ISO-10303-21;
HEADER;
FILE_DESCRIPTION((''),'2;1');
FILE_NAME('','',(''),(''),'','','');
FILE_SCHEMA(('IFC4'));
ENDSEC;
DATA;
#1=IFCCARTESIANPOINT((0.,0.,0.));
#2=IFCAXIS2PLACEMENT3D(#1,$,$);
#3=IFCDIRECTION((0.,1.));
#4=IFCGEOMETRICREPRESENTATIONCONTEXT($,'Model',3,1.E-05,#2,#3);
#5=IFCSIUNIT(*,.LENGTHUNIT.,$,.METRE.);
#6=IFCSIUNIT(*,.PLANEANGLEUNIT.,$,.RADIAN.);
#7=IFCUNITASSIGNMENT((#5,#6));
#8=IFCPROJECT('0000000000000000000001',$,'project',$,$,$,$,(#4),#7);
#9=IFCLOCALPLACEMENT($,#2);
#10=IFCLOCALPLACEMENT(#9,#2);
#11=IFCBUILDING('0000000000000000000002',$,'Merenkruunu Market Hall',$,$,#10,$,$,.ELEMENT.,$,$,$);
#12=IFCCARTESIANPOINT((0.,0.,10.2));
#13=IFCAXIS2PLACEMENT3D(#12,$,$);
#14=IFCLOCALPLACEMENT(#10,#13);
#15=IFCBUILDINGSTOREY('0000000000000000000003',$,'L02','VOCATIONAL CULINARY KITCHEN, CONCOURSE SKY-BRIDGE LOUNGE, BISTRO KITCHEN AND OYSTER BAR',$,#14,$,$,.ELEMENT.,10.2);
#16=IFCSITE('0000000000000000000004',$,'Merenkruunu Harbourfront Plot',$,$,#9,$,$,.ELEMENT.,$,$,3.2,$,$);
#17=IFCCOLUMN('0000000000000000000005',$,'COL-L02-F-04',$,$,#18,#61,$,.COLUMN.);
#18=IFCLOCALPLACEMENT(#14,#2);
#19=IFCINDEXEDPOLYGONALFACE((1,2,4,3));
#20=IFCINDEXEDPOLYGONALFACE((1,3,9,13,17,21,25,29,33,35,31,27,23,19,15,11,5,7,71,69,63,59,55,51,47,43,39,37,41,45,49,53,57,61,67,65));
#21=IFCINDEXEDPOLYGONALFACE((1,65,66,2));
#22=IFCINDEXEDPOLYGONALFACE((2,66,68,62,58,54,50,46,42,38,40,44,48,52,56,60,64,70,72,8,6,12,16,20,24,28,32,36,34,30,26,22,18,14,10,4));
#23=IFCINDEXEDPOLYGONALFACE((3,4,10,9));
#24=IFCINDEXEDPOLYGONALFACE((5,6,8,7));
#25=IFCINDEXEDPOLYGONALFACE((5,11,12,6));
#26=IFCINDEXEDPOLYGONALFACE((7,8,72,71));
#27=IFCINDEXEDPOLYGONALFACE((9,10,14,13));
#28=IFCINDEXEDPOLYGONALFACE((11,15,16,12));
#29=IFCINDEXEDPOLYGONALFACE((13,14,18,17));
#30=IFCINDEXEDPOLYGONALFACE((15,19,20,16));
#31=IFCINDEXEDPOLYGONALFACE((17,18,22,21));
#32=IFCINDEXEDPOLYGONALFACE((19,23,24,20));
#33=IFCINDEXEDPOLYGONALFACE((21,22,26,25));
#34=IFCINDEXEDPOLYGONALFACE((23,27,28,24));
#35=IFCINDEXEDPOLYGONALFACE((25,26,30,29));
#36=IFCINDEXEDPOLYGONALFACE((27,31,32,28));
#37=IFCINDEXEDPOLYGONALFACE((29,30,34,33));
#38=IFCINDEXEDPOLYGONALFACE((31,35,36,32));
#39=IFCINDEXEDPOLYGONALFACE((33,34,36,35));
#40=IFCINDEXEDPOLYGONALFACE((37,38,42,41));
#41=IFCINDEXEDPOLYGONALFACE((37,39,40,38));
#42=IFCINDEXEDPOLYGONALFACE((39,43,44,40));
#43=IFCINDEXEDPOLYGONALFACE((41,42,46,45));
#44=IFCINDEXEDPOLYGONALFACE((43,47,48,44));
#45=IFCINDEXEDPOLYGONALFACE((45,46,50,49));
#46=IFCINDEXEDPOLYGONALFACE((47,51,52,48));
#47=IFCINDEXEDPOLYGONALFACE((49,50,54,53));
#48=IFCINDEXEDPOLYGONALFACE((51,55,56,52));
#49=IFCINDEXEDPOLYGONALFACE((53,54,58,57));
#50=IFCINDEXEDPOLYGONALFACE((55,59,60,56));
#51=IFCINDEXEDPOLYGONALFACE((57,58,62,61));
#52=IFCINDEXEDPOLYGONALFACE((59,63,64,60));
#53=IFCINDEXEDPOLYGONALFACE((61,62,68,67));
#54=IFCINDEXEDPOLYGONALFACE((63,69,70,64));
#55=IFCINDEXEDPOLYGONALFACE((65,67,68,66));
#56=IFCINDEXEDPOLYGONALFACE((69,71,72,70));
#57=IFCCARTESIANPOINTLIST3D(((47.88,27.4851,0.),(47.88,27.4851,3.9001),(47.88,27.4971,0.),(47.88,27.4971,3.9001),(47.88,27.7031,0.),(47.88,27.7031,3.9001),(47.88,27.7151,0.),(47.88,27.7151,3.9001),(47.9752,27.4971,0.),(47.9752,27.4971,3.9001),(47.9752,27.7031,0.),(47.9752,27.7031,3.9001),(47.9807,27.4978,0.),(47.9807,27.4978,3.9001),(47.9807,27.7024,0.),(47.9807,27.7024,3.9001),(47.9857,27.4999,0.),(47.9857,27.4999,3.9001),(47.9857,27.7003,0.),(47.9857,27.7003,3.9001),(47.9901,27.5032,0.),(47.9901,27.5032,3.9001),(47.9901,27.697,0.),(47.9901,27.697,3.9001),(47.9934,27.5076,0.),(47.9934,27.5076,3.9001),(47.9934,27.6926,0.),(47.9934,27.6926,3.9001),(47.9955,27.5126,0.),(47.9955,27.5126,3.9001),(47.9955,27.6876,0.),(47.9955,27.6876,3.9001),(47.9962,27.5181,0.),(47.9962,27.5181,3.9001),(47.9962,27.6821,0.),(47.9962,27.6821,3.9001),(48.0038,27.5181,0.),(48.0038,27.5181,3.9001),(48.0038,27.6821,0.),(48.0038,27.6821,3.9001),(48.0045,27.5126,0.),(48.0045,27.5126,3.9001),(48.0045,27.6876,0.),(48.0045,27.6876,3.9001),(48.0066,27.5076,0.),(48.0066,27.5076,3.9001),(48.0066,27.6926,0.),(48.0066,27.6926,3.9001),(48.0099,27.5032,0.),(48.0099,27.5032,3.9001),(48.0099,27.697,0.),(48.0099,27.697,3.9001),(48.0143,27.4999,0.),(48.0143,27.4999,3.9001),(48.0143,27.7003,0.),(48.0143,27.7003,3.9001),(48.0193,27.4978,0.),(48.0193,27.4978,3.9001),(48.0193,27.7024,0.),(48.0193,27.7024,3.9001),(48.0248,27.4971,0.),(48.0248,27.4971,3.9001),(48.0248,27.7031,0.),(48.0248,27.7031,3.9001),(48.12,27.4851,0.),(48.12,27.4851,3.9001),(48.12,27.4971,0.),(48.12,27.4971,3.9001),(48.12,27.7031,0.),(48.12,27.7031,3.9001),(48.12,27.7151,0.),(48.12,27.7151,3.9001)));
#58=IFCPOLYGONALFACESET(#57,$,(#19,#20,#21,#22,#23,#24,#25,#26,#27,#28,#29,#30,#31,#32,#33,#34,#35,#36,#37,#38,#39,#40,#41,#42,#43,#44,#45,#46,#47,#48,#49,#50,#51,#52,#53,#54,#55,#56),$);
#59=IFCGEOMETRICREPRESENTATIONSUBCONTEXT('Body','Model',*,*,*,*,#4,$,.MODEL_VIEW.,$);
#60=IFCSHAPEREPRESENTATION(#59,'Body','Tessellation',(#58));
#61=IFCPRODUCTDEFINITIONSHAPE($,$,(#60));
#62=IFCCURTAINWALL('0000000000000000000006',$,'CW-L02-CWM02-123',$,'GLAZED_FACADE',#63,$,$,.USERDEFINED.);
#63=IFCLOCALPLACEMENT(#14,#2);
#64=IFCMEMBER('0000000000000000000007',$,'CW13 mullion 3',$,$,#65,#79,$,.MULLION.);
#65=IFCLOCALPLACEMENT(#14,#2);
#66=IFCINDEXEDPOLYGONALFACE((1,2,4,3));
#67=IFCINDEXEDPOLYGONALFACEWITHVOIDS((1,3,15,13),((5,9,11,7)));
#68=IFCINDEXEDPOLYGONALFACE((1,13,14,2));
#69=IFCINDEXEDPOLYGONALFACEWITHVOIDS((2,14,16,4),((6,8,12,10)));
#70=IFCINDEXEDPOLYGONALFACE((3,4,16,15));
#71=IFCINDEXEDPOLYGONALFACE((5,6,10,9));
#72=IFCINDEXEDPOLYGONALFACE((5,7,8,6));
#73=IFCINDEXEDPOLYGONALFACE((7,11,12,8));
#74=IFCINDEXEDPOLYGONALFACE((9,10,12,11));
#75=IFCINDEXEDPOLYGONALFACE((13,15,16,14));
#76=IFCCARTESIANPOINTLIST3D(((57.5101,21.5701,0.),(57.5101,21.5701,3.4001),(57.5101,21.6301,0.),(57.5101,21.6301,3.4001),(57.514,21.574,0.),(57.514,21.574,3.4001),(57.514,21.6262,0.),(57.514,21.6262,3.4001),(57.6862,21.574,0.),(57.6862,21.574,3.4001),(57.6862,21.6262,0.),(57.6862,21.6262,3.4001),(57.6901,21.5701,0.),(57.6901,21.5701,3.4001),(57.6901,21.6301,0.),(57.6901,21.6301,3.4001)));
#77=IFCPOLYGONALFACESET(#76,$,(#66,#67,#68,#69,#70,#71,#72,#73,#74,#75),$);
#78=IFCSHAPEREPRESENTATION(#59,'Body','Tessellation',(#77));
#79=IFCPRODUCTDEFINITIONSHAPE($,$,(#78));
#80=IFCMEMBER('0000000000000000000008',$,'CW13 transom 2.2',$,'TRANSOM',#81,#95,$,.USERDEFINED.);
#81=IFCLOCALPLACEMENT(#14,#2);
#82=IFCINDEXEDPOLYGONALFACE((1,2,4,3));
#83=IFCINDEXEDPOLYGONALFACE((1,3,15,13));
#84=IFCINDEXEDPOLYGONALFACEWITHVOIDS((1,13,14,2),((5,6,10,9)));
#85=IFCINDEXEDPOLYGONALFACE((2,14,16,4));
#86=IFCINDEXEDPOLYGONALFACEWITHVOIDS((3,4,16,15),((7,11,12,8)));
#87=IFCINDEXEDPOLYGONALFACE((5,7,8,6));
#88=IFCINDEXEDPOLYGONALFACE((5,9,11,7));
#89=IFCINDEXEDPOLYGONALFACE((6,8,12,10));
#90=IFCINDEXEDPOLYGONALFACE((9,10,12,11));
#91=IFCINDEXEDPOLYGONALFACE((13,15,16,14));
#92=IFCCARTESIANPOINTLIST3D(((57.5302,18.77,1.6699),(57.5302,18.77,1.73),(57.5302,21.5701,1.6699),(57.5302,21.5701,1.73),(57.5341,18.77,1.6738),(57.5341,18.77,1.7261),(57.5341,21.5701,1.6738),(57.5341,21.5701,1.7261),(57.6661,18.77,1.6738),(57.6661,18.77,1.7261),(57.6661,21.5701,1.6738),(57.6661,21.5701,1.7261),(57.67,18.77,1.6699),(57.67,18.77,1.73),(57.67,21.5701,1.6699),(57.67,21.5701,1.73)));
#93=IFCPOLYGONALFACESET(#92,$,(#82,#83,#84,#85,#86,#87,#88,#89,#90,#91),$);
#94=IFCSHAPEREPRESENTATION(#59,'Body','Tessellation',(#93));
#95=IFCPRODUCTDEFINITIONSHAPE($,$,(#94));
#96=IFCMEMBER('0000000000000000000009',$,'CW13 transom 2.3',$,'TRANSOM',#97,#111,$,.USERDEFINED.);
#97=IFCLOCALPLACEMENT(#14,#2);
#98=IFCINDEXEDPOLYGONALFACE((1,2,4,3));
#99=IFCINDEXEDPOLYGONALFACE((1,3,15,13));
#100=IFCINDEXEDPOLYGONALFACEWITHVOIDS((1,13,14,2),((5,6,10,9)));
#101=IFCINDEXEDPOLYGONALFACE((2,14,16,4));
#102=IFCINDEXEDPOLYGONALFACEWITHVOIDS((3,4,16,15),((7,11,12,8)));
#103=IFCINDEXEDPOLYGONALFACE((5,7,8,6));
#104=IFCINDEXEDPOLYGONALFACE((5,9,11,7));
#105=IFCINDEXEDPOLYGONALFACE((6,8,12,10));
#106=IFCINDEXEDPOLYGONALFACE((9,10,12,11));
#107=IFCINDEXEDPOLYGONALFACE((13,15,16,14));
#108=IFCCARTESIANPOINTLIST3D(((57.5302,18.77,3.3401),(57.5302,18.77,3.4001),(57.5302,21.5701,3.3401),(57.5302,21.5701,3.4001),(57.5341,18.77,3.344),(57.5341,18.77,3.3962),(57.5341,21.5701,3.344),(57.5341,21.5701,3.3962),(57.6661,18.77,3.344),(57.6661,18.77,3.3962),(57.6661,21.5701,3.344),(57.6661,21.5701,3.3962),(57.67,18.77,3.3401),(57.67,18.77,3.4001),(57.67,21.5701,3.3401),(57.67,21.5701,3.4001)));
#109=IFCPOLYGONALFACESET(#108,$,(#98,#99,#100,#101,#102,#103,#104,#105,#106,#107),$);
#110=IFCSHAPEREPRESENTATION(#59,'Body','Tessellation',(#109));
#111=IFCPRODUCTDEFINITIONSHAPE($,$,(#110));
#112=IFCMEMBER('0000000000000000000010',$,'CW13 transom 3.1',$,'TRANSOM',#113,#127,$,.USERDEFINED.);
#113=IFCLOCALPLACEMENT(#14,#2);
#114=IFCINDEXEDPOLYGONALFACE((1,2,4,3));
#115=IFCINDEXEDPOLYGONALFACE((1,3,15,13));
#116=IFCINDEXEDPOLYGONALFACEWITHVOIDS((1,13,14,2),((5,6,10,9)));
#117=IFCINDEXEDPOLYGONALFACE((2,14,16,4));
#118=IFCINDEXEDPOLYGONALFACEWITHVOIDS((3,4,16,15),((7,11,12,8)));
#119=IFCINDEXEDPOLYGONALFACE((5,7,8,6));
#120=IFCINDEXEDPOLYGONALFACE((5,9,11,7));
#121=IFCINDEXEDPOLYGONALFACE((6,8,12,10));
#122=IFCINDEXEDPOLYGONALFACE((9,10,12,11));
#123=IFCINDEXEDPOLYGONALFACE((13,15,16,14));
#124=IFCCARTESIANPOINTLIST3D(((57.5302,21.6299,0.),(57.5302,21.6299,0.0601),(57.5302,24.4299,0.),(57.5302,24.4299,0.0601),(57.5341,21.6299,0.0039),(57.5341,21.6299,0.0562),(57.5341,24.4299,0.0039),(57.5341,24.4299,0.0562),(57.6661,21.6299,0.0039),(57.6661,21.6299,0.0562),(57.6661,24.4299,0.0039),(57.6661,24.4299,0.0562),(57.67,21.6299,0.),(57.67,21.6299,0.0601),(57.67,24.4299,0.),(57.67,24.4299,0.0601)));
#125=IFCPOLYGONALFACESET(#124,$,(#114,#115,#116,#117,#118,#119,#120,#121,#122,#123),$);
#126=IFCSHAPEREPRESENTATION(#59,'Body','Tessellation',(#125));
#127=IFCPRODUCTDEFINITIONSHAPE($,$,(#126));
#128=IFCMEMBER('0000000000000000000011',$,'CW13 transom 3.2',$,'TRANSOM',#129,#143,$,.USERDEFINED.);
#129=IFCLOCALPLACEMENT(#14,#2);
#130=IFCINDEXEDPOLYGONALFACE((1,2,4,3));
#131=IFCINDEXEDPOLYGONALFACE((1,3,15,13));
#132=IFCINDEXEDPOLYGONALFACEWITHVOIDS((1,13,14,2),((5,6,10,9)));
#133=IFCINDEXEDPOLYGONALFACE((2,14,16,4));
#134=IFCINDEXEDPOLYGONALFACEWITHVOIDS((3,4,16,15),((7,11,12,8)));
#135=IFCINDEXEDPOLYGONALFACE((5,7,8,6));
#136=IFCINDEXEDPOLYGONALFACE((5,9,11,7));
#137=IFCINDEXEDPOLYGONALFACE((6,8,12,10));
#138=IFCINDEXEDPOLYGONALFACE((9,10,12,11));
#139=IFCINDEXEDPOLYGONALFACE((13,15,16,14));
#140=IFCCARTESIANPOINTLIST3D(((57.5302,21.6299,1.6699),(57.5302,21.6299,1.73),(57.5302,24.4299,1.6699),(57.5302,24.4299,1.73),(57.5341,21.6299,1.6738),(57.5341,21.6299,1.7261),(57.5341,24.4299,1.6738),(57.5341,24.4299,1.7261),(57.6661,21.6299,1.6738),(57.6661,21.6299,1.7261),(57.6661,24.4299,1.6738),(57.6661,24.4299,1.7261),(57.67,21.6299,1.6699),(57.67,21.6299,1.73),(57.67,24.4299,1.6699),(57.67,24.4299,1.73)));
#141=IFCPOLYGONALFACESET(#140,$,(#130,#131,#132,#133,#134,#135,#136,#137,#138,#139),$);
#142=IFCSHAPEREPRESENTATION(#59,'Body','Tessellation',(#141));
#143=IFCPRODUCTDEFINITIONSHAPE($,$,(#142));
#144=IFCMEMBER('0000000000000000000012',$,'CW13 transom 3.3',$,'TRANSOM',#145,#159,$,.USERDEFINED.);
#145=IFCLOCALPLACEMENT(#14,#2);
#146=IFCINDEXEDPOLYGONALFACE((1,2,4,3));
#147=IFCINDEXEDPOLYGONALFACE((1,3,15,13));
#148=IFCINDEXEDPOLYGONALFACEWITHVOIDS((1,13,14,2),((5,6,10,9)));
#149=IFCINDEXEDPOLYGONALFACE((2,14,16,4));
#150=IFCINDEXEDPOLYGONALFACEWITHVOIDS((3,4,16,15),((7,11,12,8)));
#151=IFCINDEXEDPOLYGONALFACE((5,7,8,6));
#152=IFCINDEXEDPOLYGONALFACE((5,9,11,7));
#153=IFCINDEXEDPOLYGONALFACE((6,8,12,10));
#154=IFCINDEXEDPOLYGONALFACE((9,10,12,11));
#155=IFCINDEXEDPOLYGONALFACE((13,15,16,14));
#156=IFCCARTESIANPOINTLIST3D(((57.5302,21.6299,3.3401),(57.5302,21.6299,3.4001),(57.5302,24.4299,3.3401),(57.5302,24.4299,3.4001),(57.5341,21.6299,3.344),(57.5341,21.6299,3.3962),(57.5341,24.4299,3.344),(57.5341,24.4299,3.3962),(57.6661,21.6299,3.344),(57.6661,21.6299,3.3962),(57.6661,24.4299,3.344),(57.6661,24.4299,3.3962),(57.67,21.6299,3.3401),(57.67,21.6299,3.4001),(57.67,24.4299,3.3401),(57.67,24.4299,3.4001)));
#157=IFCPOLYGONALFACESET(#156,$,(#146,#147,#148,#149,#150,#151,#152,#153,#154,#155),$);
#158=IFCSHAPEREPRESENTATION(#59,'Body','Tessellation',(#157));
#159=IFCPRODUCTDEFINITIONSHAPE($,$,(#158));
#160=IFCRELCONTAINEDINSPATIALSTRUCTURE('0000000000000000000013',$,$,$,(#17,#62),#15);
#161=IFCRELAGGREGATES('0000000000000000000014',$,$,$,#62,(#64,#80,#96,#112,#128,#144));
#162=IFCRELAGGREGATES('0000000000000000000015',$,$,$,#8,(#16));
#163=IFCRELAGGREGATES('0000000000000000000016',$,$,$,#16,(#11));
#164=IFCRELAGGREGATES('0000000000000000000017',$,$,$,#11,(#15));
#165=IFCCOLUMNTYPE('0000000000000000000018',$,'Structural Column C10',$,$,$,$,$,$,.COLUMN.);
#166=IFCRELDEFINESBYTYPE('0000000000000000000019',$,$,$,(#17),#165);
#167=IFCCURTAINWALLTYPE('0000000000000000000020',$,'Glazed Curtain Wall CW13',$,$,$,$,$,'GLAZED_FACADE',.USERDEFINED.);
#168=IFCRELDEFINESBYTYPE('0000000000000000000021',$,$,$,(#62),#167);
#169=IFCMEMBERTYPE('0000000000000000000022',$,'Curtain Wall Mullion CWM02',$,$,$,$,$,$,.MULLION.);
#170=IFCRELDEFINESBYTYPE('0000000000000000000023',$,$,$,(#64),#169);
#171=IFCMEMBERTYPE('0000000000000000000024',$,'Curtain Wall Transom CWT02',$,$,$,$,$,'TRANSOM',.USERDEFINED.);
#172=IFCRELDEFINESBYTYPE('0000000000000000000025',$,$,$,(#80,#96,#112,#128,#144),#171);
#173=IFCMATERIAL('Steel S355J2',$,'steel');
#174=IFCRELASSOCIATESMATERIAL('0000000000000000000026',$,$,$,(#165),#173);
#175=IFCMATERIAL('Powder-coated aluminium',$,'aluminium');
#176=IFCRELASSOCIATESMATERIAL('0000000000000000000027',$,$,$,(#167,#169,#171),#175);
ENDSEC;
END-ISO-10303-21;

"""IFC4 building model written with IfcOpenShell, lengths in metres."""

from ifc_helpers import new_model, si_unit, direction, frame, origin, origin_2d, place, context, subcontext, project, spatial, hollow_rectangle, i_section, extrude, material, material_profile, profile_set, type_object, element, aggregate, save


model = new_model("IFC4")

# Units and contexts
model_context = context("Model", 3, precision=1e-05, world=origin(), true_north=direction((0.0, 1.0)))
body_context = subcontext(model_context, "Body", "Model", "MODEL_VIEW")
ifc_project = project(units=[si_unit("LENGTHUNIT", "METRE"), si_unit("PLANEANGLEUNIT", "RADIAN")], contexts=[model_context])

# Site, building, storey
site_placement = place(None, origin())
site = spatial("IfcSite", under=ifc_project, at=site_placement, Name="Merenkruunu Harbourfront Plot", CompositionType="ELEMENT", RefElevation=3.2)
building_placement = place(site_placement, origin())
building = spatial("IfcBuilding", under=site, at=building_placement, Name="Merenkruunu Market Hall", CompositionType="ELEMENT")
storey_placement = place(building_placement, frame((0.0, 0.0, 10.2)))
storey = spatial("IfcBuildingStorey", under=building, at=storey_placement, Name="L02", Description="VOCATIONAL CULINARY KITCHEN, CONCOURSE SKY-BRIDGE LOUNGE, BISTRO KITCHEN AND OYSTER BAR", CompositionType="ELEMENT", Elevation=10.2)

# Column
ifc_material_1 = material(Name="Steel S355J2", Category="steel")
ifc_material_profile_1 = material_profile(ifc_material_1, i_section(OverallWidth=0.24, OverallDepth=0.23, WebThickness=0.0076, FlangeThickness=0.012, FilletRadius=0.021, at=origin_2d()), Name="HEA 240")
ifc_profile_set_1 = profile_set([ifc_material_profile_1], Name="Steel S355J2")
column_type = type_object("IfcColumnType", Name="Structural Column C10", PredefinedType="COLUMN", material=ifc_profile_set_1)
column_placement = place(storey_placement, frame((48.0, 27.6001, 0.0), z_axis=(0.0, 0.0, 1.0), x_axis=(1.0, 0.0, 0.0)))
element("IfcColumn", 1, at=column_placement, inside=storey, type_object=column_type, Name="COL-L02-F-04", PredefinedType="COLUMN", context=body_context, shape_type="SweptSolid", body=[
    extrude(i_section(OverallWidth=0.24, OverallDepth=0.23, WebThickness=0.0076, FlangeThickness=0.012, FilletRadius=0.021, at=origin_2d()), origin(), (0.0, 0.0, 1.0), 3.9001),
])

# Curtain wall, members
ifc_material_2 = material(Name="Powder-coated aluminium", Category="aluminium")
curtain_wall_type = type_object("IfcCurtainWallType", Name="Glazed Curtain Wall CW13", ElementType="GLAZED_FACADE", PredefinedType="USERDEFINED", material=ifc_material_2)
curtain_wall_placement = place(storey_placement, origin())
curtain_wall = element("IfcCurtainWall", 2, at=curtain_wall_placement, inside=storey, type_object=curtain_wall_type, Name="CW-L02-CWM02-123", ObjectType="GLAZED_FACADE", PredefinedType="USERDEFINED")
ifc_material_profile_2 = material_profile(ifc_material_2, hollow_rectangle(XDim=0.0601, YDim=0.1799, WallThickness=0.0039, at=origin_2d()), Name="ALU 60x180x4")
ifc_profile_set_2 = profile_set([ifc_material_profile_2], Name="Powder-coated aluminium")
member_type_1 = type_object("IfcMemberType", Name="Curtain Wall Mullion CWM02", PredefinedType="MULLION", material=ifc_profile_set_2)
member_1_placement = place(storey_placement, frame((57.6001, 21.6001, 0.0), z_axis=(0.0, 0.0, 1.0), x_axis=(0.0, 1.0, 0.0)))
member_1 = element("IfcMember", 3, at=member_1_placement, type_object=member_type_1, Name="CW13 mullion 3", PredefinedType="MULLION", context=body_context, shape_type="SweptSolid", body=[
    extrude(hollow_rectangle(XDim=0.0601, YDim=0.1799, WallThickness=0.0039, at=origin_2d()), origin(), (0.0, 0.0, 1.0), 3.4001),
])
ifc_material_profile_3 = material_profile(ifc_material_2, hollow_rectangle(XDim=0.0601, YDim=0.1399, WallThickness=0.0039, at=origin_2d()), Name="ALU 60x140x4")
ifc_profile_set_3 = profile_set([ifc_material_profile_3], Name="Powder-coated aluminium")
member_type_2 = type_object("IfcMemberType", Name="Curtain Wall Transom CWT02", ElementType="TRANSOM", PredefinedType="USERDEFINED", material=ifc_profile_set_3)
member_2_placement = place(storey_placement, frame((57.6001, 18.77, 1.7), z_axis=(0.0, 1.0, 0.0), x_axis=(0.0, 0.0, 1.0)))
member_2 = element("IfcMember", 4, at=member_2_placement, type_object=member_type_2, Name="CW13 transom 2.2", ObjectType="TRANSOM", PredefinedType="USERDEFINED", context=body_context, shape_type="SweptSolid", body=[
    extrude(hollow_rectangle(XDim=0.0601, YDim=0.1399, WallThickness=0.0039, at=origin_2d()), origin(), (0.0, 0.0, 1.0), 2.8),
])
member_3_placement = place(storey_placement, frame((57.6001, 18.77, 3.3701), z_axis=(0.0, 1.0, 0.0), x_axis=(0.0, 0.0, 1.0)))
member_3 = element("IfcMember", 5, at=member_3_placement, type_object=member_type_2, Name="CW13 transom 2.3", ObjectType="TRANSOM", PredefinedType="USERDEFINED", context=body_context, shape_type="SweptSolid", body=[
    extrude(hollow_rectangle(XDim=0.0601, YDim=0.1399, WallThickness=0.0039, at=origin_2d()), origin(), (0.0, 0.0, 1.0), 2.8),
])
member_4_placement = place(storey_placement, frame((57.6001, 21.6299, 0.03), z_axis=(0.0, 1.0, 0.0), x_axis=(0.0, 0.0, 1.0)))
member_4 = element("IfcMember", 6, at=member_4_placement, type_object=member_type_2, Name="CW13 transom 3.1", ObjectType="TRANSOM", PredefinedType="USERDEFINED", context=body_context, shape_type="SweptSolid", body=[
    extrude(hollow_rectangle(XDim=0.0601, YDim=0.1399, WallThickness=0.0039, at=origin_2d()), origin(), (0.0, 0.0, 1.0), 2.8),
])
member_5_placement = place(storey_placement, frame((57.6001, 21.6299, 1.7), z_axis=(0.0, 1.0, 0.0), x_axis=(0.0, 0.0, 1.0)))
member_5 = element("IfcMember", 7, at=member_5_placement, type_object=member_type_2, Name="CW13 transom 3.2", ObjectType="TRANSOM", PredefinedType="USERDEFINED", context=body_context, shape_type="SweptSolid", body=[
    extrude(hollow_rectangle(XDim=0.0601, YDim=0.1399, WallThickness=0.0039, at=origin_2d()), origin(), (0.0, 0.0, 1.0), 2.8),
])
member_6_placement = place(storey_placement, frame((57.6001, 21.6299, 3.3701), z_axis=(0.0, 1.0, 0.0), x_axis=(0.0, 0.0, 1.0)))
member_6 = element("IfcMember", 8, at=member_6_placement, type_object=member_type_2, Name="CW13 transom 3.3", ObjectType="TRANSOM", PredefinedType="USERDEFINED", context=body_context, shape_type="SweptSolid", body=[
    extrude(hollow_rectangle(XDim=0.0601, YDim=0.1399, WallThickness=0.0039, at=origin_2d()), origin(), (0.0, 0.0, 1.0), 2.8),
])

aggregate(curtain_wall, [member_1, member_2, member_3, member_4, member_5, member_6])

save(model, "model.ifc")
